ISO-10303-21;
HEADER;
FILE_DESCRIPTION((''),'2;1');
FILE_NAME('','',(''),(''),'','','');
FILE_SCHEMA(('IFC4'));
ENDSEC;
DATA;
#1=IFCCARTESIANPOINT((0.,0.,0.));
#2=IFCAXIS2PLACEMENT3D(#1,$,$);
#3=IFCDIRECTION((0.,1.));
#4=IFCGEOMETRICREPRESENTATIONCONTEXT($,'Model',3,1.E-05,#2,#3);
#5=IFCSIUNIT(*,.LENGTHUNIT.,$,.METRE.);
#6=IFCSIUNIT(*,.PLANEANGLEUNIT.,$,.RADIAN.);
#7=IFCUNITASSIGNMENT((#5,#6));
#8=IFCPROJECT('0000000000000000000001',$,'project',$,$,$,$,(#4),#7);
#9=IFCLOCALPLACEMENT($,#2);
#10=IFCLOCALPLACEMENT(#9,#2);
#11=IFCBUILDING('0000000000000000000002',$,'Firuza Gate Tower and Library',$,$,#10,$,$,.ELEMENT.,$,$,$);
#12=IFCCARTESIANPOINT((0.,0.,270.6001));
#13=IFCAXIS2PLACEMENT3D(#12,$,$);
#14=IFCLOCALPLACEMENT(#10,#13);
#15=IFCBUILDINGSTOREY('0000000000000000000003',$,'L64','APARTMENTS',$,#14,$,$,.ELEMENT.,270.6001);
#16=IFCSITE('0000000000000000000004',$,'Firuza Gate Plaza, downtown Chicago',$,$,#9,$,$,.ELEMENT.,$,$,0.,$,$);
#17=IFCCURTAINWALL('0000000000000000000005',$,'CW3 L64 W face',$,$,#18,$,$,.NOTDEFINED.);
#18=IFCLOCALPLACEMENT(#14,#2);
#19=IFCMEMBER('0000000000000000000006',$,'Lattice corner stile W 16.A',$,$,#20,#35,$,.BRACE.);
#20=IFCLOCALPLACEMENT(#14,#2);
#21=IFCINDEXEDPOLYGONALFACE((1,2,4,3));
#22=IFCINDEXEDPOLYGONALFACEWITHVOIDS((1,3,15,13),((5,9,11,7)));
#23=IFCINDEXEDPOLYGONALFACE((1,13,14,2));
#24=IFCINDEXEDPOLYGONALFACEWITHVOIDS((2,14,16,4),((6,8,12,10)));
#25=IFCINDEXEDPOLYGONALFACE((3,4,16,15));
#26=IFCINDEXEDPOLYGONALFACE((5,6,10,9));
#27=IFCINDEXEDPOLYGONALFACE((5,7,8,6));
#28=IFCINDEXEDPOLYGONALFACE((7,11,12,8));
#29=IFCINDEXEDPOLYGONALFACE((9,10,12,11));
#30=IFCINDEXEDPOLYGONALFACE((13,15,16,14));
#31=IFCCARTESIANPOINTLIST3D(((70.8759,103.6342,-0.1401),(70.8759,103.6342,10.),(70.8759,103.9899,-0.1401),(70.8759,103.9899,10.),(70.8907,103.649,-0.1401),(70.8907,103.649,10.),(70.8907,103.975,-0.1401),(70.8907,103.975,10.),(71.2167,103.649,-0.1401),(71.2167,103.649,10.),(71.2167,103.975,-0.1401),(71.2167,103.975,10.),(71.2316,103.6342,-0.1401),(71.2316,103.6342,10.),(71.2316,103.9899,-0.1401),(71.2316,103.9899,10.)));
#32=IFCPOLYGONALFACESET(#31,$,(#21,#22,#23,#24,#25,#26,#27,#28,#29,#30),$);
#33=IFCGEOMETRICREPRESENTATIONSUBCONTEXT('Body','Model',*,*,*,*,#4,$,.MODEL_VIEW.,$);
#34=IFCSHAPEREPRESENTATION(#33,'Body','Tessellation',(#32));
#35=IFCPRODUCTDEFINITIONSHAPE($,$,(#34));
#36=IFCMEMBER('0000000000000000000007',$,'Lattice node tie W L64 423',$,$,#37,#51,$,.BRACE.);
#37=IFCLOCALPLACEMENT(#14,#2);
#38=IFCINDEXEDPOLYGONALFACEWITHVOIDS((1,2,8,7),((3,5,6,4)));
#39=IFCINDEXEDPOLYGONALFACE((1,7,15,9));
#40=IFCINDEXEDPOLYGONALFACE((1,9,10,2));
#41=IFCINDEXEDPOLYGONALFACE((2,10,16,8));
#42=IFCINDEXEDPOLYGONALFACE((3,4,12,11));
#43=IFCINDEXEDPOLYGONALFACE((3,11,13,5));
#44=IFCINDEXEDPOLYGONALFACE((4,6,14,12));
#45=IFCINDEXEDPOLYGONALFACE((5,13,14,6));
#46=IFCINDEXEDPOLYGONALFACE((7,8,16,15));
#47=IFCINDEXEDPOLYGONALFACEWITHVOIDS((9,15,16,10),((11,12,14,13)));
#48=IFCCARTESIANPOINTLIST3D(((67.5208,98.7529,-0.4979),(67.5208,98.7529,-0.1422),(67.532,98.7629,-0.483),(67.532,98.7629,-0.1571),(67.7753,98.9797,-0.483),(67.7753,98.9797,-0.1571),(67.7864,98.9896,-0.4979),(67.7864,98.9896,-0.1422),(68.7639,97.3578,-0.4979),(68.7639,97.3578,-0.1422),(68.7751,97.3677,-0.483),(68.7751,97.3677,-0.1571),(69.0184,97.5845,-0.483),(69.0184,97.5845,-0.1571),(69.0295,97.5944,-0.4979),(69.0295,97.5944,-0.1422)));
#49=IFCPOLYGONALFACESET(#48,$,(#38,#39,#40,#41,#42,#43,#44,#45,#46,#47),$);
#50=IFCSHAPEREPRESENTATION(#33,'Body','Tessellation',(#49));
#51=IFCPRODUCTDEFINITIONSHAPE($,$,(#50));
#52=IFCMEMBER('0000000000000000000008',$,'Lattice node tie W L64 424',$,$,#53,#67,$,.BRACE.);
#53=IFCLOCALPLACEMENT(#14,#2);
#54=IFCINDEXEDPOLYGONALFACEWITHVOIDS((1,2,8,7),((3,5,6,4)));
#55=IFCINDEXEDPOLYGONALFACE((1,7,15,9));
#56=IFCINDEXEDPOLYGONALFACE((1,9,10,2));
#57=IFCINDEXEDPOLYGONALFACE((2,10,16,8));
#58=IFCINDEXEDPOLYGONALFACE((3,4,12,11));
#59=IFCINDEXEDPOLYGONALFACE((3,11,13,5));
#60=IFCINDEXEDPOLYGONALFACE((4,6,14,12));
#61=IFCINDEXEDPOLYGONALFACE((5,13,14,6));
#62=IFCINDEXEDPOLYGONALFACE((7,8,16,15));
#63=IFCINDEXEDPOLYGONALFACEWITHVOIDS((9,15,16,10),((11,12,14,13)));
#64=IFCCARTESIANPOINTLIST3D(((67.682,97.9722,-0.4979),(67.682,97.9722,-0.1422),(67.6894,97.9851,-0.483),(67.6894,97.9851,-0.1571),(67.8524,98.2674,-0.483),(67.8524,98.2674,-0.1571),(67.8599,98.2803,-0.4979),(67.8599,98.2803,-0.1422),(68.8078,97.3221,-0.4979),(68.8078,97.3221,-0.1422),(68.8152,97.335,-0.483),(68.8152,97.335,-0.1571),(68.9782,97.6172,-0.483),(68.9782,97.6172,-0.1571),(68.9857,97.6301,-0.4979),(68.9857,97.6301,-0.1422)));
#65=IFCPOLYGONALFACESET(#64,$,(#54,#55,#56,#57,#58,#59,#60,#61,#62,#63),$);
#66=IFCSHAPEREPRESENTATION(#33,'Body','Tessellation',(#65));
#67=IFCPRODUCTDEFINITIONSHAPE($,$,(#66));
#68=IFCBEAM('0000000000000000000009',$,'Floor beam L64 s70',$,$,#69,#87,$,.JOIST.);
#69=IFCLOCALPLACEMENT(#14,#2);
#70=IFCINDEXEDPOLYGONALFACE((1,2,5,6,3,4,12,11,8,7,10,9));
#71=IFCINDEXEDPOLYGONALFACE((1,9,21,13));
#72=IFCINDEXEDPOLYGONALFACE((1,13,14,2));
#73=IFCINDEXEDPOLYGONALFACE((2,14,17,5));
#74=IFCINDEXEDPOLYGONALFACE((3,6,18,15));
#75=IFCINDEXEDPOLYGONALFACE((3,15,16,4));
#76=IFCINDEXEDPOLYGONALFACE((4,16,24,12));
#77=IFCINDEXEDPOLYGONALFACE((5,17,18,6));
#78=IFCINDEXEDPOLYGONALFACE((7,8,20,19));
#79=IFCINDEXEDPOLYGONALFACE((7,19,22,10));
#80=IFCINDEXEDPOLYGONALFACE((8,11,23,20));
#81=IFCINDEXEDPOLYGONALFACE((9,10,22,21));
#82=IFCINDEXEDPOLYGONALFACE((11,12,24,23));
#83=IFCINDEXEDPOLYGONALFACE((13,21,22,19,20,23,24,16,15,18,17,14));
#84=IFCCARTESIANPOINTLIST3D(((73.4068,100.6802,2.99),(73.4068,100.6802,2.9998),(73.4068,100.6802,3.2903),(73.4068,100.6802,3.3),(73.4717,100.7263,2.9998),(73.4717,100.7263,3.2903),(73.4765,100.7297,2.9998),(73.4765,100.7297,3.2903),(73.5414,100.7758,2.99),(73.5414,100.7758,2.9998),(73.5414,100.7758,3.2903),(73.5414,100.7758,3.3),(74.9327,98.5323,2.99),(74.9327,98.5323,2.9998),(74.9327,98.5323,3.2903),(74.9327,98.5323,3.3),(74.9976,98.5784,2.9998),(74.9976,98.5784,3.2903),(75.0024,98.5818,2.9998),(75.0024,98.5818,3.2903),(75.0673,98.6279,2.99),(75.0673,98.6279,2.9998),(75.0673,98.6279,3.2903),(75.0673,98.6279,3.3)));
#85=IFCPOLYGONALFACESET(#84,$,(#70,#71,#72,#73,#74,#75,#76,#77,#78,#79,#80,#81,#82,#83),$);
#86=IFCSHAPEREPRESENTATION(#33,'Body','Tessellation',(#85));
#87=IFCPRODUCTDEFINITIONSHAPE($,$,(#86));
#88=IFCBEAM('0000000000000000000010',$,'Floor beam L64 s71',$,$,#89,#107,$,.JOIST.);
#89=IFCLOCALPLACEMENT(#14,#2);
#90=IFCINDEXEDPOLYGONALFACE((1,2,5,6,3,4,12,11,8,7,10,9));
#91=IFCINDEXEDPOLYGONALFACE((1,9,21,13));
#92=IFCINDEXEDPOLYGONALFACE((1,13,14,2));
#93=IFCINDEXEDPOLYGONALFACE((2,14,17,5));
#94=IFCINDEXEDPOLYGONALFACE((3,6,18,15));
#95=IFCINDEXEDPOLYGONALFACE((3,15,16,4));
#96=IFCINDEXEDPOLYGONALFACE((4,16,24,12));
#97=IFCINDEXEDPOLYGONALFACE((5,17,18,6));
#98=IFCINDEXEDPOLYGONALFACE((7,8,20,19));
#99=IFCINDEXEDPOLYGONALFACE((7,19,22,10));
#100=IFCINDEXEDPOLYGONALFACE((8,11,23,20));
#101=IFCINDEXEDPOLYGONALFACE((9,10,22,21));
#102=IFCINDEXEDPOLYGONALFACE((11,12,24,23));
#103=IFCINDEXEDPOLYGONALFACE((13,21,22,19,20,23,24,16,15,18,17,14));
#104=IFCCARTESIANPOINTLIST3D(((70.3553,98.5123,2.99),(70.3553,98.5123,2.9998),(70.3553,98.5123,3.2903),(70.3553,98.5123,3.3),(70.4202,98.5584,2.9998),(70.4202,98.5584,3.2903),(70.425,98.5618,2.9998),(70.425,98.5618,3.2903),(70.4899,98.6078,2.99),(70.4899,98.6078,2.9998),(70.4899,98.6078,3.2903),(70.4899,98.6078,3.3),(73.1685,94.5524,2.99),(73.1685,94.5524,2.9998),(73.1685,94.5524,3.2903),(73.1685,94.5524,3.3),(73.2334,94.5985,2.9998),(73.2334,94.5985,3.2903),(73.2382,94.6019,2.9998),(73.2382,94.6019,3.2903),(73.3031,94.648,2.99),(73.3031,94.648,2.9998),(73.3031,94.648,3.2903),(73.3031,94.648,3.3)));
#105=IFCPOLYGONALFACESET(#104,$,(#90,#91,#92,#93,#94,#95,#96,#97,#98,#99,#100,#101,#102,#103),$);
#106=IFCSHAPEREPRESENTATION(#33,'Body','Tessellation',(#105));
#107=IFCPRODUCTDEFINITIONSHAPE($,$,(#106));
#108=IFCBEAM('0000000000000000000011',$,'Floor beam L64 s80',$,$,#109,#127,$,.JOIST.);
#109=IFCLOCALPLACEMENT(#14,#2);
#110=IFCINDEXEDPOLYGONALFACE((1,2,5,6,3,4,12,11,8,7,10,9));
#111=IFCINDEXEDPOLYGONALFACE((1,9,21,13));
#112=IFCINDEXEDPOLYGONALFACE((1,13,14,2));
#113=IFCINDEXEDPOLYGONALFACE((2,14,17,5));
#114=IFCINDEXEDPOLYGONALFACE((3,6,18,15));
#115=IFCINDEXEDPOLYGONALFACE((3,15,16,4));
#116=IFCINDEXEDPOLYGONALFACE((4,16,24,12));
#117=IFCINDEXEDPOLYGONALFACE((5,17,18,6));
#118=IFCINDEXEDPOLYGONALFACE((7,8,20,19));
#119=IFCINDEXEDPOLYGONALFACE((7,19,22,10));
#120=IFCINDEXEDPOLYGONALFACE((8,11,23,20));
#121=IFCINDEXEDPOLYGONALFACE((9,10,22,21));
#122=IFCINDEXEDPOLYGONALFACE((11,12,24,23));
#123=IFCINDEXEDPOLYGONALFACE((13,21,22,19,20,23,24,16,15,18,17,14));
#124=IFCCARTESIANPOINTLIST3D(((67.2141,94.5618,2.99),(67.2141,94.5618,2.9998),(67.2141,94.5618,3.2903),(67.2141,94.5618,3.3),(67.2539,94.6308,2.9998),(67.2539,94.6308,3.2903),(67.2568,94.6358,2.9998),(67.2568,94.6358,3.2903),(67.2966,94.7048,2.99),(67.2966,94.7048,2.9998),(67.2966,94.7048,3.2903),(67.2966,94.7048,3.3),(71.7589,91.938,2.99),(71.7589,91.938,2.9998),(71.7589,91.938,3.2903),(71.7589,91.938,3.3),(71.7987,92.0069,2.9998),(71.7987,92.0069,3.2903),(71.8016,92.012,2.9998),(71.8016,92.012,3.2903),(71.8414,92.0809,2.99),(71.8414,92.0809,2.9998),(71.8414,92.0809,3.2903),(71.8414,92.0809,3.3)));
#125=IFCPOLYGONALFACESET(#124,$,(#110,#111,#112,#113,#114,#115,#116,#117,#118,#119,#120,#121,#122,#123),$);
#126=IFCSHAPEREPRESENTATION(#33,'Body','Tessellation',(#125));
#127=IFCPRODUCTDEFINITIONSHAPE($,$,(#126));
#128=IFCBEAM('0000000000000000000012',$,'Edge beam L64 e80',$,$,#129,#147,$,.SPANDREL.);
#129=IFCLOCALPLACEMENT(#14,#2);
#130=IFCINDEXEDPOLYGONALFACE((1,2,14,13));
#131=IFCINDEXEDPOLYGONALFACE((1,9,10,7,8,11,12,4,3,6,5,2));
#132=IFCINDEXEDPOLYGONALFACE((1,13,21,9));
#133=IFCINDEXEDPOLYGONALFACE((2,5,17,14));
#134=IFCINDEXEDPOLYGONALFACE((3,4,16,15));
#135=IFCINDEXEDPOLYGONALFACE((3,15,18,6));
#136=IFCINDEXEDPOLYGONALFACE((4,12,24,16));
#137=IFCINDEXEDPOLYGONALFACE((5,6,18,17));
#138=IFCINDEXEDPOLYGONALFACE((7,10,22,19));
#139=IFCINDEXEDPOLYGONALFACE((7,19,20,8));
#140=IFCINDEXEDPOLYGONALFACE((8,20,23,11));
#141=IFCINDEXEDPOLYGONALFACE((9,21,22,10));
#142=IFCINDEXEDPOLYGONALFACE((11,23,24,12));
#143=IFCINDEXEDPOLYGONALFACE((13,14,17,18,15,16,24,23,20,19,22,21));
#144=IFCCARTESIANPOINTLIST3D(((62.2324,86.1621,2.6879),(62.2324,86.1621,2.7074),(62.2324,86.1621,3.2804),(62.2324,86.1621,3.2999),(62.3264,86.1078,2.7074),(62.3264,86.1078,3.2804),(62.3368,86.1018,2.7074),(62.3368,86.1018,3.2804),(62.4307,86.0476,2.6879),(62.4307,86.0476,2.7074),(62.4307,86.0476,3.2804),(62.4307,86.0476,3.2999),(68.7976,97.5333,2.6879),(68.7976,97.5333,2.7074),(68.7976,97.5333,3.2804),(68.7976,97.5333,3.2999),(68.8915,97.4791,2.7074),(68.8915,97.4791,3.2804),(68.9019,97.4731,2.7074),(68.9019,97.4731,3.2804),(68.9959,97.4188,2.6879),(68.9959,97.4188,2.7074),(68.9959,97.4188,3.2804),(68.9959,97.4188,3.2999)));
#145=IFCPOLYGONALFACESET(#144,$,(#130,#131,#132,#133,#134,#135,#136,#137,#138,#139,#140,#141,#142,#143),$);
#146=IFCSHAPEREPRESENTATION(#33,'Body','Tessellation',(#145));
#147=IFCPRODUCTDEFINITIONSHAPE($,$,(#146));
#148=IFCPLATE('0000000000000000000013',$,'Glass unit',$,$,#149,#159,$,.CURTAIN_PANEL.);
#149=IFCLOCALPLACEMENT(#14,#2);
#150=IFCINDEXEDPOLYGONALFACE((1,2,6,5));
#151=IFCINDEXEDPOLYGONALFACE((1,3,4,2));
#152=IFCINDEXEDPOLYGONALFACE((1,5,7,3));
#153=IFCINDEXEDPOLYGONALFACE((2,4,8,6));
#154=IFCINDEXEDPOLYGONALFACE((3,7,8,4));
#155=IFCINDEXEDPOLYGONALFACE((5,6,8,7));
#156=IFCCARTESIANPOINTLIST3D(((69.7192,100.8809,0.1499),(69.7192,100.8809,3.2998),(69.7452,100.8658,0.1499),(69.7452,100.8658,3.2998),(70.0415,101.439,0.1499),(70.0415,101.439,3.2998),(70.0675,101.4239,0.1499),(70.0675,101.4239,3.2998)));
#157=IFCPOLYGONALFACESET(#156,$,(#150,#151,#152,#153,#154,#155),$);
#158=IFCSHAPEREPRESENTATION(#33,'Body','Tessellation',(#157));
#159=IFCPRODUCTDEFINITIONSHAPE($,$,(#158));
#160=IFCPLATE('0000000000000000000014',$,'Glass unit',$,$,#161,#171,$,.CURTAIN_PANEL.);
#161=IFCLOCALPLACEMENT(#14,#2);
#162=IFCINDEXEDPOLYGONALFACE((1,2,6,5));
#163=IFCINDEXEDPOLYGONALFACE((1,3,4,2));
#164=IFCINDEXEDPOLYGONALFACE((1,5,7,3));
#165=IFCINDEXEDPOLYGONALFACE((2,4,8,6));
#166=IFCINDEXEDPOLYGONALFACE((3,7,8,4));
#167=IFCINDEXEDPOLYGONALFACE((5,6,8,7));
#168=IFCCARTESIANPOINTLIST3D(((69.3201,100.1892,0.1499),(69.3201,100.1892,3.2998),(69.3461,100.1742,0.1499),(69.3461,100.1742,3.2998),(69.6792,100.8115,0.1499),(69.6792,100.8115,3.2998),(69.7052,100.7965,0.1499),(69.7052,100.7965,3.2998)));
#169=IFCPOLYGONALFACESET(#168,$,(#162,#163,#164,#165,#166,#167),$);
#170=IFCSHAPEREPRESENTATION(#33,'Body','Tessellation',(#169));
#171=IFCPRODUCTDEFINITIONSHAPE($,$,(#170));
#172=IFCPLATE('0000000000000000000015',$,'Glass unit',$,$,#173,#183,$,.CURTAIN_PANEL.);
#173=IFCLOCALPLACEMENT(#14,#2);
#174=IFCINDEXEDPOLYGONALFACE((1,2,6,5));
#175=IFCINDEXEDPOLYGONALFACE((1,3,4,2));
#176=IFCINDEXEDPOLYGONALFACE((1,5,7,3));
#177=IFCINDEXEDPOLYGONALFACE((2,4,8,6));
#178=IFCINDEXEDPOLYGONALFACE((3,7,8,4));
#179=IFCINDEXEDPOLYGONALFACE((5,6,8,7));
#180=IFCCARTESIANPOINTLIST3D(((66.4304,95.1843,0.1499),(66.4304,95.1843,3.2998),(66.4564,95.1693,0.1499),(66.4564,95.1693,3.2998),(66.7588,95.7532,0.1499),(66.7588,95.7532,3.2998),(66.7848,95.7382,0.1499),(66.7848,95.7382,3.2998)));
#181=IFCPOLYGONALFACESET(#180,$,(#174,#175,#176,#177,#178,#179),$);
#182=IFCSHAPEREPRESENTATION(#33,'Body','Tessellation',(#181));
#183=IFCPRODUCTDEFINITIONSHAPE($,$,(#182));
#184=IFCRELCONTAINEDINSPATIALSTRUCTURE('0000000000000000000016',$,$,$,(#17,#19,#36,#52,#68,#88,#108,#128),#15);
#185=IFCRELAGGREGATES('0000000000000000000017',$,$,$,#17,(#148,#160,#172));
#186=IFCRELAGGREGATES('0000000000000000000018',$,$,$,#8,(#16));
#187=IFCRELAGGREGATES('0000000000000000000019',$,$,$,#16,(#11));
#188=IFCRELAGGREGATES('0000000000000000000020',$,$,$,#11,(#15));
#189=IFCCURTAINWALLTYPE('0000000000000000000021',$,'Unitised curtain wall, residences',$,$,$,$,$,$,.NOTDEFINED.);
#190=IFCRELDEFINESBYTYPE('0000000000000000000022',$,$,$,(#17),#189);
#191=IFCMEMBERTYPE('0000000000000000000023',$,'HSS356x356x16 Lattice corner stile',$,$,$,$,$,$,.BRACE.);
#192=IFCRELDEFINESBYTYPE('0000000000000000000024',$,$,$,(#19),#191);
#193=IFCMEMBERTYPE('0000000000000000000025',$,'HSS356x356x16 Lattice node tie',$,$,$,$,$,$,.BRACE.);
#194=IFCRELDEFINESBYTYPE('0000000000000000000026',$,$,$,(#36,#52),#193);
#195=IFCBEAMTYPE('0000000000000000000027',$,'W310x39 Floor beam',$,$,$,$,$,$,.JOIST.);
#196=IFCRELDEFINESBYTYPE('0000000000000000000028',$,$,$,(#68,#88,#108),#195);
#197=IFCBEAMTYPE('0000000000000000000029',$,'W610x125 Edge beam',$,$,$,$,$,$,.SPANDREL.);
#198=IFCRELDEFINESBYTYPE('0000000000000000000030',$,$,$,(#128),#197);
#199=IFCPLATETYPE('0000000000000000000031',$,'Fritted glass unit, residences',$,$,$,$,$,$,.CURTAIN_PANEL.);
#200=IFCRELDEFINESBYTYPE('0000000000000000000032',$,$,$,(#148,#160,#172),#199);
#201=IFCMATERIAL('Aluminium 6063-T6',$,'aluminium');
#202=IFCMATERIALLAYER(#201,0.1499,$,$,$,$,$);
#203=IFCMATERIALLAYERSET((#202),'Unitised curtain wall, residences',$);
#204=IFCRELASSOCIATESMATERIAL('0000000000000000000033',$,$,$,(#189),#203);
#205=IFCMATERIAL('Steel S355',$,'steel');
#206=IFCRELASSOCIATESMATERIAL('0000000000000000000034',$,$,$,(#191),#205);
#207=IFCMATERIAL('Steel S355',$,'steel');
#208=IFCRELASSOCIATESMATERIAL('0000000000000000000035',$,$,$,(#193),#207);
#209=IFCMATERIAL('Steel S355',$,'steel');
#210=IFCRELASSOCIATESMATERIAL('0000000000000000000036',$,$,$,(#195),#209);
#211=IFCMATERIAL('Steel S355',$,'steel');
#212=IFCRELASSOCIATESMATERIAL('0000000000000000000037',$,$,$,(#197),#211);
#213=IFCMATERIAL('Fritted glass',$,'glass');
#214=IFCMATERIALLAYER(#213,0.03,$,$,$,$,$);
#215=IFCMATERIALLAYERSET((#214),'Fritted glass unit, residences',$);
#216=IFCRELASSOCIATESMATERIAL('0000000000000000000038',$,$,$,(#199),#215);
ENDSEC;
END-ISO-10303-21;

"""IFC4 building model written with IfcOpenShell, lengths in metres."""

from ifc_helpers import new_model, si_unit, direction, frame, origin, origin_2d, place, context, subcontext, project, spatial, polyline, hollow_rectangle, i_section, outline, extrude, material, layer, layer_set, material_profile, profile_set, type_object, element, aggregate, save


model = new_model("IFC4")

# Units and contexts
model_context = context("Model", 3, precision=1e-05, world=origin(), true_north=direction((0.0, 1.0)))
body_context = subcontext(model_context, "Body", "Model", "MODEL_VIEW")
ifc_project = project(units=[si_unit("LENGTHUNIT", "METRE"), si_unit("PLANEANGLEUNIT", "RADIAN")], contexts=[model_context])

# Site, building, storey
site_placement = place(None, origin())
site = spatial("IfcSite", under=ifc_project, at=site_placement, Name="Firuza Gate Plaza, downtown Chicago", CompositionType="ELEMENT", RefElevation=0.0)
building_placement = place(site_placement, origin())
building = spatial("IfcBuilding", under=site, at=building_placement, Name="Firuza Gate Tower and Library", CompositionType="ELEMENT")
storey_placement = place(building_placement, frame((0.0, 0.0, 270.6001)))
storey = spatial("IfcBuildingStorey", under=building, at=storey_placement, Name="L64", Description="APARTMENTS", CompositionType="ELEMENT", Elevation=270.6001)

# Curtain wall
ifc_material_1 = material(Name="Aluminium 6063-T6", Category="aluminium")
ifc_layer_1 = layer(ifc_material_1, 0.1499)
ifc_layer_set_1 = layer_set([ifc_layer_1], Name="Unitised curtain wall, residences")
curtain_wall_type = type_object("IfcCurtainWallType", Name="Unitised curtain wall, residences", PredefinedType="NOTDEFINED", material=ifc_layer_set_1)
curtain_wall_placement = place(storey_placement, origin())
curtain_wall = element("IfcCurtainWall", 1, at=curtain_wall_placement, inside=storey, type_object=curtain_wall_type, Name="CW3 L64 W face", PredefinedType="NOTDEFINED")

# Members
ifc_material_2 = material(Name="Steel S355", Category="steel")
ifc_material_profile_1 = material_profile(ifc_material_2, hollow_rectangle(XDim=0.3557, YDim=0.3557, WallThickness=0.0149, at=origin_2d()))
ifc_profile_set_1 = profile_set([ifc_material_profile_1], Name="Steel S355")
member_type_1 = type_object("IfcMemberType", Name="HSS356x356x16 Lattice corner stile", PredefinedType="BRACE", material=ifc_profile_set_1)
member_1_placement = place(storey_placement, frame((71.0537, 103.812, -0.1401), z_axis=(0.0, 0.0, 1.0), x_axis=(1.0, 0.0, 0.0)))
element("IfcMember", 2, at=member_1_placement, inside=storey, type_object=member_type_1, Name="Lattice corner stile W 16.A", PredefinedType="BRACE", context=body_context, shape_type="SweptSolid", body=[
    extrude(hollow_rectangle(XDim=0.3557, YDim=0.3557, WallThickness=0.0149, at=origin_2d()), origin(), (0.0, 0.0, 1.0), 10.1401),
])
ifc_material_3 = material(Name="Steel S355", Category="steel")
ifc_material_profile_2 = material_profile(ifc_material_3, hollow_rectangle(XDim=0.3557, YDim=0.3557, WallThickness=0.0149, at=origin_2d()))
ifc_profile_set_2 = profile_set([ifc_material_profile_2], Name="Steel S355")
member_type_2 = type_object("IfcMemberType", Name="HSS356x356x16 Lattice node tie", PredefinedType="BRACE", material=ifc_profile_set_2)
member_2_placement = place(storey_placement, frame((68.8967, 97.4761, -0.3201), z_axis=(-0.665239, 0.74663, 0.0), x_axis=(-0.74663, -0.665239, 0.0)))
element("IfcMember", 3, at=member_2_placement, inside=storey, type_object=member_type_2, Name="Lattice node tie W L64 423", PredefinedType="BRACE", context=body_context, shape_type="SweptSolid", body=[
    extrude(hollow_rectangle(XDim=0.3557, YDim=0.3557, WallThickness=0.0149, at=origin_2d()), origin(), (0.0, 0.0, 1.0), 1.8687),
])
member_3_placement = place(storey_placement, frame((68.8967, 97.4761, -0.3201), z_axis=(-0.865957, 0.500118, 0.0), x_axis=(-0.500118, -0.865957, 0.0)))
element("IfcMember", 4, at=member_3_placement, inside=storey, type_object=member_type_2, Name="Lattice node tie W L64 424", PredefinedType="BRACE", context=body_context, shape_type="SweptSolid", body=[
    extrude(hollow_rectangle(XDim=0.3557, YDim=0.3557, WallThickness=0.0149, at=origin_2d()), origin(), (0.0, 0.0, 1.0), 1.3),
])

# Beams
ifc_material_4 = material(Name="Steel S355", Category="steel")
ifc_material_profile_3 = material_profile(ifc_material_4, i_section(OverallWidth=0.165, OverallDepth=0.3101, WebThickness=0.0059, FlangeThickness=0.0098, at=origin_2d()))
ifc_profile_set_3 = profile_set([ifc_material_profile_3], Name="Steel S355")
beam_type_1 = type_object("IfcBeamType", Name="W310x39 Floor beam", PredefinedType="JOIST", material=ifc_profile_set_3)
beam_1_placement = place(storey_placement, frame((73.4741, 100.728, 3.145), z_axis=(0.579133, -0.815233, 0.0), x_axis=(0.815233, 0.579133, 0.0)))
element("IfcBeam", 5, at=beam_1_placement, inside=storey, type_object=beam_type_1, Name="Floor beam L64 s70", PredefinedType="JOIST", context=body_context, shape_type="SweptSolid", body=[
    extrude(i_section(OverallWidth=0.165, OverallDepth=0.3101, WebThickness=0.0059, FlangeThickness=0.0098, at=origin_2d()), origin(), (0.0, 0.0, 1.0), 2.6348),
])
beam_2_placement = place(storey_placement, frame((70.4226, 98.5601, 3.145), z_axis=(0.579149, -0.815222, 0.0), x_axis=(0.815222, 0.579149, 0.0)))
element("IfcBeam", 6, at=beam_2_placement, inside=storey, type_object=beam_type_1, Name="Floor beam L64 s71", PredefinedType="JOIST", context=body_context, shape_type="SweptSolid", body=[
    extrude(i_section(OverallWidth=0.165, OverallDepth=0.3101, WebThickness=0.0059, FlangeThickness=0.0098, at=origin_2d()), origin(), (0.0, 0.0, 1.0), 4.8574),
])
beam_3_placement = place(storey_placement, frame((67.2554, 94.6333, 3.145), z_axis=(0.866033, -0.499987, 0.0), x_axis=(0.499987, 0.866033, 0.0)))
element("IfcBeam", 7, at=beam_3_placement, inside=storey, type_object=beam_type_1, Name="Floor beam L64 s80", PredefinedType="JOIST", context=body_context, shape_type="SweptSolid", body=[
    extrude(i_section(OverallWidth=0.165, OverallDepth=0.3101, WebThickness=0.0059, FlangeThickness=0.0098, at=origin_2d()), origin(), (0.0, 0.0, 1.0), 5.2478),
])
ifc_material_5 = material(Name="Steel S355", Category="steel")
ifc_material_profile_4 = material_profile(ifc_material_5, i_section(OverallWidth=0.229, OverallDepth=0.6121, WebThickness=0.012, FlangeThickness=0.0195, at=origin_2d()))
ifc_profile_set_4 = profile_set([ifc_material_profile_4], Name="Steel S355")
beam_type_2 = type_object("IfcBeamType", Name="W610x125 Edge beam", PredefinedType="SPANDREL", material=ifc_profile_set_4)
beam_4_placement = place(storey_placement, frame((68.8967, 97.4761, 2.9939), z_axis=(-0.499997, -0.866027, 0.0), x_axis=(0.866027, -0.499997, 0.0)))
element("IfcBeam", 8, at=beam_4_placement, inside=storey, type_object=beam_type_2, Name="Edge beam L64 e80", PredefinedType="SPANDREL", context=body_context, shape_type="SweptSolid", body=[
    extrude(i_section(OverallWidth=0.229, OverallDepth=0.6121, WebThickness=0.012, FlangeThickness=0.0195, at=origin_2d()), origin(), (0.0, 0.0, 1.0), 13.1304),
])

# Plates
ifc_material_6 = material(Name="Fritted glass", Category="glass")
ifc_layer_2 = layer(ifc_material_6, 0.03)
ifc_layer_set_2 = layer_set([ifc_layer_2], Name="Fritted glass unit, residences")
plate_type_1 = type_object("IfcPlateType", Name="Fritted glass unit, residences", PredefinedType="CURTAIN_PANEL", material=ifc_layer_set_2)
plate_1_placement = place(storey_placement, frame((70.0415, 101.439, 0.1499), z_axis=(-0.865996, 0.50005, 0.0), x_axis=(-0.50005, -0.865996, 0.0)))
plate_1 = element("IfcPlate", 9, at=plate_1_placement, type_object=plate_type_1, Name="Glass unit", PredefinedType="CURTAIN_PANEL", context=body_context, shape_type="SweptSolid", body=[
    extrude(outline(polyline([(0.0, 0.0), (0.6445, 0.0), (0.6445, 3.1499), (0.0, 3.1499), (0.0, 0.0)])), origin(), (0.0, 0.0, -1.0), 0.03),
])
plate_2_placement = place(storey_placement, frame((69.6792, 100.8115, 0.1499), z_axis=(-0.866123, 0.49983, 0.0), x_axis=(-0.49983, -0.866123, 0.0)))
plate_2 = element("IfcPlate", 10, at=plate_2_placement, type_object=plate_type_1, Name="Glass unit", PredefinedType="CURTAIN_PANEL", context=body_context, shape_type="SweptSolid", body=[
    extrude(outline(polyline([(0.0, 0.0), (0.7185, 0.0), (0.7185, 3.1499), (0.0, 3.1499), (0.0, 0.0)])), origin(), (0.0, 0.0, -1.0), 0.03),
])
plate_3_placement = place(storey_placement, frame((66.7588, 95.7532, 0.1499), z_axis=(-0.866062, 0.499937, 0.0), x_axis=(-0.499937, -0.866062, 0.0)))
plate_3 = element("IfcPlate", 11, at=plate_3_placement, type_object=plate_type_1, Name="Glass unit", PredefinedType="CURTAIN_PANEL", context=body_context, shape_type="SweptSolid", body=[
    extrude(outline(polyline([(0.0, 0.0), (0.6568, 0.0), (0.6568, 3.1499), (0.0, 3.1499), (0.0, 0.0)])), origin(), (0.0, 0.0, -1.0), 0.03),
])
aggregate(curtain_wall, [plate_1, plate_2, plate_3])

save(model, "model.ifc")
